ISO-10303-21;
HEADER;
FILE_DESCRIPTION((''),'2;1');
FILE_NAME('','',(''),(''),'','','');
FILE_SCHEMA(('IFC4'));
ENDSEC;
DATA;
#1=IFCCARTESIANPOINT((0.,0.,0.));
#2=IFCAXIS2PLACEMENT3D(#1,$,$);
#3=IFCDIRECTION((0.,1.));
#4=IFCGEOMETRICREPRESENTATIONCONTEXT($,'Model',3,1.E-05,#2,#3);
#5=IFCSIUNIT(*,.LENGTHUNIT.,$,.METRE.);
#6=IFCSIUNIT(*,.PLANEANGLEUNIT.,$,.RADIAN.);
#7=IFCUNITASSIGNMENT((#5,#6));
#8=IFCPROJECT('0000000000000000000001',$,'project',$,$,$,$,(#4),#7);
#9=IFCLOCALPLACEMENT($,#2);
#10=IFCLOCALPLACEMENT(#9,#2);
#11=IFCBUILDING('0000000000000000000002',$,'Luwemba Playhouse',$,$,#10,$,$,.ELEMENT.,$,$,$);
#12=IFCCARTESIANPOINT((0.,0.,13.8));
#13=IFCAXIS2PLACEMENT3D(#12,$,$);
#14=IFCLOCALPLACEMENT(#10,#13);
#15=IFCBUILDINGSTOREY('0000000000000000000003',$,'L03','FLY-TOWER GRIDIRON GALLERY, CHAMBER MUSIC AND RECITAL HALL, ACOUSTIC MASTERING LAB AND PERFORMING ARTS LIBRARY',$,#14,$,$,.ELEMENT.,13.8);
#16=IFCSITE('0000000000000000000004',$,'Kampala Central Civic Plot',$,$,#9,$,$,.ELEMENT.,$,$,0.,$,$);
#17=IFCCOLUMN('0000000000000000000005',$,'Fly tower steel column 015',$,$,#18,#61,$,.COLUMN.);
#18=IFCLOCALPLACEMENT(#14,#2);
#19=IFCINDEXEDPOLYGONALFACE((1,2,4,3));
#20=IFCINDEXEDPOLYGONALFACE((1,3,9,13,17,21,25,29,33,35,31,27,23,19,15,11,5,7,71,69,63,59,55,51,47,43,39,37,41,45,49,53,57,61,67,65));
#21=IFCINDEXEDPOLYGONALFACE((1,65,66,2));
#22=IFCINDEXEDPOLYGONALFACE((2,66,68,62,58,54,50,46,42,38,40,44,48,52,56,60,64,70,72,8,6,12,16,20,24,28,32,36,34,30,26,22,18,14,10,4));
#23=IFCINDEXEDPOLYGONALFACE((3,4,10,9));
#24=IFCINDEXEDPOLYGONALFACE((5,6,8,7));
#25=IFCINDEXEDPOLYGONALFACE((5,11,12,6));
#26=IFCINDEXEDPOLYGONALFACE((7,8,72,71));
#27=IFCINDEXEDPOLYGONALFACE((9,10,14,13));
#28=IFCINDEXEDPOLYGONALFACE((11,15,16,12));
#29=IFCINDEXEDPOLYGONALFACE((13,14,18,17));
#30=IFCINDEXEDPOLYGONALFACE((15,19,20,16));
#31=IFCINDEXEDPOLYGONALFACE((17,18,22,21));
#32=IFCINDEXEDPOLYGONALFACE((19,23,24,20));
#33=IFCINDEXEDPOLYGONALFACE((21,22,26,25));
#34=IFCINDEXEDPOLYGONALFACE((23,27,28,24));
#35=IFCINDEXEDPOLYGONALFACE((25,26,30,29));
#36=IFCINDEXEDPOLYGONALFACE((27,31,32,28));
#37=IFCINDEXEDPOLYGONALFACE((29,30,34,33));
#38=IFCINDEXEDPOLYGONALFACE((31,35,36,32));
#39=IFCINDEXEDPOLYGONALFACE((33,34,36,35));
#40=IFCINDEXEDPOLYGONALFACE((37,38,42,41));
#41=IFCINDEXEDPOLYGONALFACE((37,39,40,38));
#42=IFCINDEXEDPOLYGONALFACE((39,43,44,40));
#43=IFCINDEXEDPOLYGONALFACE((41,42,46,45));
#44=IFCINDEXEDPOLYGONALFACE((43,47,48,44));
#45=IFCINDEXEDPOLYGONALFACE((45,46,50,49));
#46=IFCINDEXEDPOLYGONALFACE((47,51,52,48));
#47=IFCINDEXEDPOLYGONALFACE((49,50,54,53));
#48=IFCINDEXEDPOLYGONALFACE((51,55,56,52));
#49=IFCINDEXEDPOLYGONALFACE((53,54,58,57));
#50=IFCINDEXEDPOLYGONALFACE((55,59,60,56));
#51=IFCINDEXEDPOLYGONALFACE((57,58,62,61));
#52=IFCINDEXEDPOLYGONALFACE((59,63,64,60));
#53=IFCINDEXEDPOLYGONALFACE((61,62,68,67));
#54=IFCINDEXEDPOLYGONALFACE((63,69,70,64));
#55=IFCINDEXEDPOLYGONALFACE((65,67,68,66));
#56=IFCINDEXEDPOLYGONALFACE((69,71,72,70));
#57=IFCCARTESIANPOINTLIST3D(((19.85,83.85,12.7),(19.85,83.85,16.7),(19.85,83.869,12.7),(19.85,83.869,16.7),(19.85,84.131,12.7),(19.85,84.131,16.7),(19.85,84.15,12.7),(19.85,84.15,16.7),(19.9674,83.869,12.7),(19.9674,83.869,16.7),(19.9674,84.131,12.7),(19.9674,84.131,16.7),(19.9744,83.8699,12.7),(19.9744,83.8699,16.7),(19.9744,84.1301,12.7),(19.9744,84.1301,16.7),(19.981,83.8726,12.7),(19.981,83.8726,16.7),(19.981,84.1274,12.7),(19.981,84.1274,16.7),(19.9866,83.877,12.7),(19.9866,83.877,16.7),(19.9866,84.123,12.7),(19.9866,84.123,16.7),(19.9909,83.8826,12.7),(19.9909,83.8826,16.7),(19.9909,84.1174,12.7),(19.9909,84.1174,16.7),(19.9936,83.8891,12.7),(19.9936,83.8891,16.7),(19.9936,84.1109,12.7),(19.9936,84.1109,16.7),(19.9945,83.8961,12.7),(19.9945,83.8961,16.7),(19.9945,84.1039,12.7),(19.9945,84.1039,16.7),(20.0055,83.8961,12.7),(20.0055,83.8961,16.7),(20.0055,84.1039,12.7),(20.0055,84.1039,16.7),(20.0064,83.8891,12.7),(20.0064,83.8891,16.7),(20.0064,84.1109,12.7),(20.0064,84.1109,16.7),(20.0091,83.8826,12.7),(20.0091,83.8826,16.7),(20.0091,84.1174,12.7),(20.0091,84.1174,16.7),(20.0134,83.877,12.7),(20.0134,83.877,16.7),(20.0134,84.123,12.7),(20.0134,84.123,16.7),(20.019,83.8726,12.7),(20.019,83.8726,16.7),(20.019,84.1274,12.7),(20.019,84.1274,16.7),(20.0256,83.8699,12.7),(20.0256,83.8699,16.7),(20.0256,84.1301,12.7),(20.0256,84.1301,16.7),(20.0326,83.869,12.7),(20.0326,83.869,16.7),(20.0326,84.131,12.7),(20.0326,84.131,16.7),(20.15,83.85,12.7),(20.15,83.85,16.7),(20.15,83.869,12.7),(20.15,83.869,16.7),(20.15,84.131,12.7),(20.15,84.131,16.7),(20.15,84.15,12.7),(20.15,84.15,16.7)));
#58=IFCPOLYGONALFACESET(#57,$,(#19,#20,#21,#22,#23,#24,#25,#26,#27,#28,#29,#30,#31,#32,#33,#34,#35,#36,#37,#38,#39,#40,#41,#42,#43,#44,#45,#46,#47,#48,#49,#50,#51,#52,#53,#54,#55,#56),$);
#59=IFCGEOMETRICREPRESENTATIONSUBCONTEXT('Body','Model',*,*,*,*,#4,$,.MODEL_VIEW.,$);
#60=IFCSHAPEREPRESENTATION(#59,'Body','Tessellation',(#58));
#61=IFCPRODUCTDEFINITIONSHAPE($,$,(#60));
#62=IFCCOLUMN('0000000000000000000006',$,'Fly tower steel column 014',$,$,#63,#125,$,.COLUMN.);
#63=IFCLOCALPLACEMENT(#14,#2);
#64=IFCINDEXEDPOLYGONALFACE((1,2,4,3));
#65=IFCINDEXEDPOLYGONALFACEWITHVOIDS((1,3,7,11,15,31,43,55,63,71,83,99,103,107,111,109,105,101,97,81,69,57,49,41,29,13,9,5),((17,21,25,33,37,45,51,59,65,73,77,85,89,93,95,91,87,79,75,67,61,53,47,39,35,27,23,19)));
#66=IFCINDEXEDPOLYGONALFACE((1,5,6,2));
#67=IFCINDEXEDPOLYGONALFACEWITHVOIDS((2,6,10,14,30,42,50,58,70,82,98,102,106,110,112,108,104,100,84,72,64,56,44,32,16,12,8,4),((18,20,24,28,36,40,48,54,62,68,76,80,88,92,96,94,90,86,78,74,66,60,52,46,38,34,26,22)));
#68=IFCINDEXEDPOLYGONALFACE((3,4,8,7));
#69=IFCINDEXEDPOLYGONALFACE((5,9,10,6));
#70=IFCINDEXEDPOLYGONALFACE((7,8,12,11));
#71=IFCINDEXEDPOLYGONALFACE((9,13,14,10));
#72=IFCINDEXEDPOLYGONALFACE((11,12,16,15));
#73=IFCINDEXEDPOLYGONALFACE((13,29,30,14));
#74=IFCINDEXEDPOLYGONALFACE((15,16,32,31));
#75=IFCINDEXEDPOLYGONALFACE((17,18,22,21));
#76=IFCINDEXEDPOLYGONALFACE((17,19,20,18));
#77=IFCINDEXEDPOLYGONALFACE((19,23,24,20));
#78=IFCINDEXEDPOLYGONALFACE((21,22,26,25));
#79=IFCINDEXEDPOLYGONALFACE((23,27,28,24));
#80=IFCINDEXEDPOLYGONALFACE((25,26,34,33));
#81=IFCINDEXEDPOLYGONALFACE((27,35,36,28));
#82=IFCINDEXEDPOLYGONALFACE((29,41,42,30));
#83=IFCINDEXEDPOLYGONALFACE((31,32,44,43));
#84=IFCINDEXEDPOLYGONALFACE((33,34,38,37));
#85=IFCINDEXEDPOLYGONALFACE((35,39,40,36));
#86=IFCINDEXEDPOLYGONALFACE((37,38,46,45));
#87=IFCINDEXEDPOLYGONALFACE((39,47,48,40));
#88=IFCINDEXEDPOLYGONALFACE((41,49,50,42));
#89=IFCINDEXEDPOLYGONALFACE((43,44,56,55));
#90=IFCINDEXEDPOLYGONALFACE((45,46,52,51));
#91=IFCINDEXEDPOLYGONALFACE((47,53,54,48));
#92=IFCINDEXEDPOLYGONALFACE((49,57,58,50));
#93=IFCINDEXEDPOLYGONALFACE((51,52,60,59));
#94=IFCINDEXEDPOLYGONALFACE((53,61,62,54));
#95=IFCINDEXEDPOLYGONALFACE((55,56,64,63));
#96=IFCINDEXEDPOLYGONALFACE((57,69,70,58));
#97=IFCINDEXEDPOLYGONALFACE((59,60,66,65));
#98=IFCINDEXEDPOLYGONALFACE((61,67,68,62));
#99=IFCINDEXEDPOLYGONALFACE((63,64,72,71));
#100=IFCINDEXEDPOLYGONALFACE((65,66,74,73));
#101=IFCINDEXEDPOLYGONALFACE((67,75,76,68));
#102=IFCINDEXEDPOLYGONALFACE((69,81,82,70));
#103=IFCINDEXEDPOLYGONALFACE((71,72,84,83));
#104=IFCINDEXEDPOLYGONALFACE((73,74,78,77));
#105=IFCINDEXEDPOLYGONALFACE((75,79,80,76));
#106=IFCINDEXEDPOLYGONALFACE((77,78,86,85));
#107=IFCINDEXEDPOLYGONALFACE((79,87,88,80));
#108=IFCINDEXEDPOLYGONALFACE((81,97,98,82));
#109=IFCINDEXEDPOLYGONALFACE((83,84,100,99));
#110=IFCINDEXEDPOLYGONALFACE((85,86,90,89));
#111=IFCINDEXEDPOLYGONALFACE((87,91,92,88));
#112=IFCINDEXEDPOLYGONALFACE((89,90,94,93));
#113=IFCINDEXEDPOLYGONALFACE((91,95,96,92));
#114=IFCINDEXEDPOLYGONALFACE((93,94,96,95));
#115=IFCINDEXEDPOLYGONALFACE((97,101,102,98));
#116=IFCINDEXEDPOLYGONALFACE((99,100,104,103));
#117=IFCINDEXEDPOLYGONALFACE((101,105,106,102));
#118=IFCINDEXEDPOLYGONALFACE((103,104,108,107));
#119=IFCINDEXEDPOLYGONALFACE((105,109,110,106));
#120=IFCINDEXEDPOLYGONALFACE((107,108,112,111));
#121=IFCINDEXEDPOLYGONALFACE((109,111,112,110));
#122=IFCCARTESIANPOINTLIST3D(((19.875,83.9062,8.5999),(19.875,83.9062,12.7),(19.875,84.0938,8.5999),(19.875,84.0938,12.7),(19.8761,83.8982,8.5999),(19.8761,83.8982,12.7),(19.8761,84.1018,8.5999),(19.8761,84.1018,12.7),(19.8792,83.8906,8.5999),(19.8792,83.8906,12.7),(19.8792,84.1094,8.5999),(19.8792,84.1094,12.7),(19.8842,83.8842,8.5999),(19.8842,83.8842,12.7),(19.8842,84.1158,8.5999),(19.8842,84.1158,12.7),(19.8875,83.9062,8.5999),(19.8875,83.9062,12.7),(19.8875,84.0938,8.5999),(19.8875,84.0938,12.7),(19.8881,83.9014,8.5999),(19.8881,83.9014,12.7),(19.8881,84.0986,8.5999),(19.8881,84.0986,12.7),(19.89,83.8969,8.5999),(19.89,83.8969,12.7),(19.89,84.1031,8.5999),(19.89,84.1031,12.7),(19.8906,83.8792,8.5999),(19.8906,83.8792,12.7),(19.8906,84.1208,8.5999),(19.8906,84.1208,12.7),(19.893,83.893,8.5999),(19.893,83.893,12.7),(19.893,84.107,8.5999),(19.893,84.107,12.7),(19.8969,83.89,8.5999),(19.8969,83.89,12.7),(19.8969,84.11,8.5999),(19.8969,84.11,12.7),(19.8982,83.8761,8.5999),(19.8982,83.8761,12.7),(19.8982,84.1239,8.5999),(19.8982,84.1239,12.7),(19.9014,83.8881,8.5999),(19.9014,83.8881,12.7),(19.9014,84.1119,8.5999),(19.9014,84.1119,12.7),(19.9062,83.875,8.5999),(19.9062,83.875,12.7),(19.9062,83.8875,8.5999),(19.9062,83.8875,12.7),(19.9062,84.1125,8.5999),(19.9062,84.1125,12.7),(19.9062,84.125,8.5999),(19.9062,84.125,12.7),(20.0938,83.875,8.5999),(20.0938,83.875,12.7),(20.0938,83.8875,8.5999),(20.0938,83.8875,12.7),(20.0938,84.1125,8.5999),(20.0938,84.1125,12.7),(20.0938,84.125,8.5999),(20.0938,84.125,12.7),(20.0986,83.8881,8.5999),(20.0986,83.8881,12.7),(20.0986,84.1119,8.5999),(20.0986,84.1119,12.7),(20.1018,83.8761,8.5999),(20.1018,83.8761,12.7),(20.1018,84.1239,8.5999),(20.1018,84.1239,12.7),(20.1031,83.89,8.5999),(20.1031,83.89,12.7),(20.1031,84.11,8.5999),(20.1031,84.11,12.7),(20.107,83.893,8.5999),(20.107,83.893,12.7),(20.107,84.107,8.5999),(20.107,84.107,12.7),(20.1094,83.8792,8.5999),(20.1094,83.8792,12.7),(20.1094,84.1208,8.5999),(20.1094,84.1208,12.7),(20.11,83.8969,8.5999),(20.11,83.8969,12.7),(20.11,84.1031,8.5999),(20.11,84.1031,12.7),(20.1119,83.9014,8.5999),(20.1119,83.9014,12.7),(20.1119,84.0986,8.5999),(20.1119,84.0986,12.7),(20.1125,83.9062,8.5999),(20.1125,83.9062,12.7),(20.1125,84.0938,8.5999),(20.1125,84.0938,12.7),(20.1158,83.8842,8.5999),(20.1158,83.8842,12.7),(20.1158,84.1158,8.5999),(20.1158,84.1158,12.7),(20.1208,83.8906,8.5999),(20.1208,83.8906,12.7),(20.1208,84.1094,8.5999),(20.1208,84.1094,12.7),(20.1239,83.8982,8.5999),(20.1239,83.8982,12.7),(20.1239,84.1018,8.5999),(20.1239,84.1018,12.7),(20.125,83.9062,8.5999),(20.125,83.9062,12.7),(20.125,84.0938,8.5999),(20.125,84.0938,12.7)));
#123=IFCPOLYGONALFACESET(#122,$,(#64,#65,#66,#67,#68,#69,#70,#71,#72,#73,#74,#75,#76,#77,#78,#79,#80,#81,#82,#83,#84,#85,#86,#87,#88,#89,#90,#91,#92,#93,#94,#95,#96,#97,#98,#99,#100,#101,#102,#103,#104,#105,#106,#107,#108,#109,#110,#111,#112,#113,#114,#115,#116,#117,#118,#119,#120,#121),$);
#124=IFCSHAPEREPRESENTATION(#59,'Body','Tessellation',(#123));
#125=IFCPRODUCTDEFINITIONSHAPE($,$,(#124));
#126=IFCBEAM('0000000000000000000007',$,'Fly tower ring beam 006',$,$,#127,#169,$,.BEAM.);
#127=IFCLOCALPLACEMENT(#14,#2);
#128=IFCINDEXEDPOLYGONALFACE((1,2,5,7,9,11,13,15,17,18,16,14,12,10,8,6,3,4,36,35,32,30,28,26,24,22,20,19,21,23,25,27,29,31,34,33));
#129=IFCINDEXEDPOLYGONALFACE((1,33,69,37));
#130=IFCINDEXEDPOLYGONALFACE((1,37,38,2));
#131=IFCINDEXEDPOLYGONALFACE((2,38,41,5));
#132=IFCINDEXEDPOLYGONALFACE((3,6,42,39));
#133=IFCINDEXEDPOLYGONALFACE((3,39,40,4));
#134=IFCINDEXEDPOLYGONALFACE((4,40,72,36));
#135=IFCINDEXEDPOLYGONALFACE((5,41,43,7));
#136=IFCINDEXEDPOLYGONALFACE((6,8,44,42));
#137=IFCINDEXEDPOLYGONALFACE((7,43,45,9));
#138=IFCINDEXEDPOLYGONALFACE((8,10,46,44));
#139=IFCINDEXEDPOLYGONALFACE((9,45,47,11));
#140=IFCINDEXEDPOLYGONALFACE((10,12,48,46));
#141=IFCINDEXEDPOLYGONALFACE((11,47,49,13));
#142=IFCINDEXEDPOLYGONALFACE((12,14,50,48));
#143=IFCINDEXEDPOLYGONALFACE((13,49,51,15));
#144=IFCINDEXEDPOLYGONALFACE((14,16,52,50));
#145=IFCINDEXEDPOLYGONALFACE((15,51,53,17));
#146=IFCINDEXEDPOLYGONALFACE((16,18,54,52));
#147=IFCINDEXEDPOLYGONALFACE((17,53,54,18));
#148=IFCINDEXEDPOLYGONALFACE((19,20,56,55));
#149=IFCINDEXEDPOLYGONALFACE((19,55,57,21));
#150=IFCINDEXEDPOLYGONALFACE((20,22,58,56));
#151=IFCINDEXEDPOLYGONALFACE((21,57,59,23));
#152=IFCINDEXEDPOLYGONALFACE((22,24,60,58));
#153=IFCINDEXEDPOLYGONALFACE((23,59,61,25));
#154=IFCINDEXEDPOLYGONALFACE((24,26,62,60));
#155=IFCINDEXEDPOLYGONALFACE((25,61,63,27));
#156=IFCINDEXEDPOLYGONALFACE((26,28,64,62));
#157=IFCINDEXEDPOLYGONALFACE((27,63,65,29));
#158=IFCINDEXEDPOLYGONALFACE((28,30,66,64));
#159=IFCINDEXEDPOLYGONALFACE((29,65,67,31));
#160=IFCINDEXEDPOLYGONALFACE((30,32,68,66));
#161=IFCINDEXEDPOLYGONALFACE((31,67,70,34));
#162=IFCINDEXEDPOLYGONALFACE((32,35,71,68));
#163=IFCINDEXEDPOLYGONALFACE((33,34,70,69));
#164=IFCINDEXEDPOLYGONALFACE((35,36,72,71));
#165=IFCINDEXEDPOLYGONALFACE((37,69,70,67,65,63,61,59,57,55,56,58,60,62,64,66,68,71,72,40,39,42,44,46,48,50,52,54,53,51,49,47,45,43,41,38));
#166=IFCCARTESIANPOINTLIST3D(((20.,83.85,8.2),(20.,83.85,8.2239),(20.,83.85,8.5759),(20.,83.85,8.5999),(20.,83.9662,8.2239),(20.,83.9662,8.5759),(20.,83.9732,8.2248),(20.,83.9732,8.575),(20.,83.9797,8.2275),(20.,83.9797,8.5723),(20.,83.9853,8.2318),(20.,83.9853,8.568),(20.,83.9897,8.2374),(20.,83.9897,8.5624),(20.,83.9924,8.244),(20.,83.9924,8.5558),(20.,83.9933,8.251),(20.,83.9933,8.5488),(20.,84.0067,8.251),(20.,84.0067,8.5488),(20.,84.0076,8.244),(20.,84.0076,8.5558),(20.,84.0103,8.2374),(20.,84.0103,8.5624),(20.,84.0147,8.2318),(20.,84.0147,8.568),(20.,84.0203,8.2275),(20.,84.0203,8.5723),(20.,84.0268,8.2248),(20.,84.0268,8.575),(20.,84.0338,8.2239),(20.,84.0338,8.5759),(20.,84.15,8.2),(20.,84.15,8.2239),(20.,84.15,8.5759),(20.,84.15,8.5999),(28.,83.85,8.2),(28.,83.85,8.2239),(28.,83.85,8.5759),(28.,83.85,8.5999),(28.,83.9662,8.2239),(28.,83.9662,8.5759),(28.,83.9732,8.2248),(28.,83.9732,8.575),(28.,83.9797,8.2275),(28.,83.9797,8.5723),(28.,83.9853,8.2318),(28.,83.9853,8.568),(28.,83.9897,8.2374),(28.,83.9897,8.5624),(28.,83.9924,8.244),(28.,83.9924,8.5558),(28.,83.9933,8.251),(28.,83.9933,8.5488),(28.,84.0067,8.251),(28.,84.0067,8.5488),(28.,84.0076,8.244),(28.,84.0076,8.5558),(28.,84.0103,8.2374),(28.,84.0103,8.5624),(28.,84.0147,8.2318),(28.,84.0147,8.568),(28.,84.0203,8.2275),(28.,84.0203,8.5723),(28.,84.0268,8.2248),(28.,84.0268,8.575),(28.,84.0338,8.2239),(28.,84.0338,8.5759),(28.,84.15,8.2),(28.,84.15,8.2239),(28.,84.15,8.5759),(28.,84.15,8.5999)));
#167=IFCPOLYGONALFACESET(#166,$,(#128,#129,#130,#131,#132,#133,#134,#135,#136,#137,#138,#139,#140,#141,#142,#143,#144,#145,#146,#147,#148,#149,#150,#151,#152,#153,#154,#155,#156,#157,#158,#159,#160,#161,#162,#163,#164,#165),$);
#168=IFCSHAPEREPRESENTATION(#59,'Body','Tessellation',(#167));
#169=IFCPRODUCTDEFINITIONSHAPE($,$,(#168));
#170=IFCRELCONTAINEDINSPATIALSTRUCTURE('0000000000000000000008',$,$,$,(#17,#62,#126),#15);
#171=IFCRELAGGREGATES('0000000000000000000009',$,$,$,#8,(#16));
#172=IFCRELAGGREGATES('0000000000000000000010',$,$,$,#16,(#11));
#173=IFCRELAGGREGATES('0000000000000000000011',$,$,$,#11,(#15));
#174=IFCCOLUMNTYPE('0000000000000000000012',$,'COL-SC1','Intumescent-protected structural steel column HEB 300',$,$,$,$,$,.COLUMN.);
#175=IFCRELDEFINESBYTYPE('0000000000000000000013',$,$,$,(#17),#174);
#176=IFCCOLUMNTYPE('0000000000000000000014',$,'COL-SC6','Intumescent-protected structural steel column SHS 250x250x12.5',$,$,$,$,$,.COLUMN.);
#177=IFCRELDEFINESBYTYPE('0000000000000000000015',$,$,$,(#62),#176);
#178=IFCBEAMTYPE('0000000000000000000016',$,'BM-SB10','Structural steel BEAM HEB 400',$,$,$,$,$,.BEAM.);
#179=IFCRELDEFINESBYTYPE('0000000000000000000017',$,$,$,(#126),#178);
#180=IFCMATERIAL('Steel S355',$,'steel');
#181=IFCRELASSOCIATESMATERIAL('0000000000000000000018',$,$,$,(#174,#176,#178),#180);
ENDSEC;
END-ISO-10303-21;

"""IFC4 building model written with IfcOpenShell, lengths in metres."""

from ifc_helpers import new_model, si_unit, direction, frame, origin, origin_2d, place, context, subcontext, project, spatial, hollow_rectangle, i_section, extrude, material, material_profile, profile_set, type_object, element, save


model = new_model("IFC4")

# Units and contexts
model_context = context("Model", 3, precision=1e-05, world=origin(), true_north=direction((0.0, 1.0)))
body_context = subcontext(model_context, "Body", "Model", "MODEL_VIEW")
ifc_project = project(units=[si_unit("LENGTHUNIT", "METRE"), si_unit("PLANEANGLEUNIT", "RADIAN")], contexts=[model_context])

# Site, building, storey
site_placement = place(None, origin())
site = spatial("IfcSite", under=ifc_project, at=site_placement, Name="Kampala Central Civic Plot", CompositionType="ELEMENT", RefElevation=0.0)
building_placement = place(site_placement, origin())
building = spatial("IfcBuilding", under=site, at=building_placement, Name="Luwemba Playhouse", CompositionType="ELEMENT")
storey_placement = place(building_placement, frame((0.0, 0.0, 13.8)))
storey = spatial("IfcBuildingStorey", under=building, at=storey_placement, Name="L03", Description="FLY-TOWER GRIDIRON GALLERY, CHAMBER MUSIC AND RECITAL HALL, ACOUSTIC MASTERING LAB AND PERFORMING ARTS LIBRARY", CompositionType="ELEMENT", Elevation=13.8)

# Columns
ifc_material_1 = material(Name="Steel S355", Category="steel")
ifc_material_profile_1 = material_profile(ifc_material_1, i_section(OverallWidth=0.3, OverallDepth=0.3, WebThickness=0.011, FlangeThickness=0.019, FilletRadius=0.0271, at=origin_2d()))
ifc_profile_set_1 = profile_set([ifc_material_profile_1], Name="Steel S355")
column_type_1 = type_object("IfcColumnType", Name="COL-SC1", Description="Intumescent-protected structural steel column HEB 300", PredefinedType="COLUMN", material=ifc_profile_set_1)
column_1_placement = place(storey_placement, frame((20.0, 84.0, 12.7), z_axis=(0.0, 0.0, 1.0), x_axis=(1.0, 0.0, 0.0)))
element("IfcColumn", 1, at=column_1_placement, inside=storey, type_object=column_type_1, Name="Fly tower steel column 015", PredefinedType="COLUMN", context=body_context, shape_type="SweptSolid", body=[
    extrude(i_section(OverallWidth=0.3, OverallDepth=0.3, WebThickness=0.011, FlangeThickness=0.019, FilletRadius=0.0271, at=origin_2d()), origin(), (0.0, 0.0, 1.0), 4.0),
])
ifc_material_profile_2 = material_profile(ifc_material_1, hollow_rectangle(XDim=0.25, YDim=0.25, WallThickness=0.0125, InnerFilletRadius=0.0188, OuterFilletRadius=0.0312, at=origin_2d()))
ifc_profile_set_2 = profile_set([ifc_material_profile_2], Name="Steel S355")
column_type_2 = type_object("IfcColumnType", Name="COL-SC6", Description="Intumescent-protected structural steel column SHS 250x250x12.5", PredefinedType="COLUMN", material=ifc_profile_set_2)
column_2_placement = place(storey_placement, frame((20.0, 84.0, 8.5999), z_axis=(0.0, 0.0, 1.0), x_axis=(1.0, 0.0, 0.0)))
element("IfcColumn", 2, at=column_2_placement, inside=storey, type_object=column_type_2, Name="Fly tower steel column 014", PredefinedType="COLUMN", context=body_context, shape_type="SweptSolid", body=[
    extrude(hollow_rectangle(XDim=0.25, YDim=0.25, WallThickness=0.0125, InnerFilletRadius=0.0188, OuterFilletRadius=0.0312, at=origin_2d()), origin(), (0.0, 0.0, 1.0), 4.1001),
])

# Beam
ifc_material_profile_3 = material_profile(ifc_material_1, i_section(OverallWidth=0.3, OverallDepth=0.3999, WebThickness=0.0134, FlangeThickness=0.0239, FilletRadius=0.0271, at=origin_2d()))
ifc_profile_set_3 = profile_set([ifc_material_profile_3], Name="Steel S355")
beam_type = type_object("IfcBeamType", Name="BM-SB10", Description="Structural steel BEAM HEB 400", PredefinedType="BEAM", material=ifc_profile_set_3)
for number, where, z_axis, x_axis, name in (
    (3, (20.0, 84.0, 8.3999), (1.0, 0.0, 0.0), (0.0, 1.0, 0.0), "Fly tower ring beam 006"),
):
    element("IfcBeam", number, at=place(storey_placement, frame(where, z_axis=z_axis, x_axis=x_axis)), inside=storey, type_object=beam_type, Name=name, PredefinedType="BEAM", context=body_context, shape_type="SweptSolid", body=[
        extrude(i_section(OverallWidth=0.3, OverallDepth=0.3999, WebThickness=0.0134, FlangeThickness=0.0239, FilletRadius=0.0271, at=origin_2d()), origin(), (0.0, 0.0, 1.0), 8.0),
    ])

save(model, "model.ifc")
